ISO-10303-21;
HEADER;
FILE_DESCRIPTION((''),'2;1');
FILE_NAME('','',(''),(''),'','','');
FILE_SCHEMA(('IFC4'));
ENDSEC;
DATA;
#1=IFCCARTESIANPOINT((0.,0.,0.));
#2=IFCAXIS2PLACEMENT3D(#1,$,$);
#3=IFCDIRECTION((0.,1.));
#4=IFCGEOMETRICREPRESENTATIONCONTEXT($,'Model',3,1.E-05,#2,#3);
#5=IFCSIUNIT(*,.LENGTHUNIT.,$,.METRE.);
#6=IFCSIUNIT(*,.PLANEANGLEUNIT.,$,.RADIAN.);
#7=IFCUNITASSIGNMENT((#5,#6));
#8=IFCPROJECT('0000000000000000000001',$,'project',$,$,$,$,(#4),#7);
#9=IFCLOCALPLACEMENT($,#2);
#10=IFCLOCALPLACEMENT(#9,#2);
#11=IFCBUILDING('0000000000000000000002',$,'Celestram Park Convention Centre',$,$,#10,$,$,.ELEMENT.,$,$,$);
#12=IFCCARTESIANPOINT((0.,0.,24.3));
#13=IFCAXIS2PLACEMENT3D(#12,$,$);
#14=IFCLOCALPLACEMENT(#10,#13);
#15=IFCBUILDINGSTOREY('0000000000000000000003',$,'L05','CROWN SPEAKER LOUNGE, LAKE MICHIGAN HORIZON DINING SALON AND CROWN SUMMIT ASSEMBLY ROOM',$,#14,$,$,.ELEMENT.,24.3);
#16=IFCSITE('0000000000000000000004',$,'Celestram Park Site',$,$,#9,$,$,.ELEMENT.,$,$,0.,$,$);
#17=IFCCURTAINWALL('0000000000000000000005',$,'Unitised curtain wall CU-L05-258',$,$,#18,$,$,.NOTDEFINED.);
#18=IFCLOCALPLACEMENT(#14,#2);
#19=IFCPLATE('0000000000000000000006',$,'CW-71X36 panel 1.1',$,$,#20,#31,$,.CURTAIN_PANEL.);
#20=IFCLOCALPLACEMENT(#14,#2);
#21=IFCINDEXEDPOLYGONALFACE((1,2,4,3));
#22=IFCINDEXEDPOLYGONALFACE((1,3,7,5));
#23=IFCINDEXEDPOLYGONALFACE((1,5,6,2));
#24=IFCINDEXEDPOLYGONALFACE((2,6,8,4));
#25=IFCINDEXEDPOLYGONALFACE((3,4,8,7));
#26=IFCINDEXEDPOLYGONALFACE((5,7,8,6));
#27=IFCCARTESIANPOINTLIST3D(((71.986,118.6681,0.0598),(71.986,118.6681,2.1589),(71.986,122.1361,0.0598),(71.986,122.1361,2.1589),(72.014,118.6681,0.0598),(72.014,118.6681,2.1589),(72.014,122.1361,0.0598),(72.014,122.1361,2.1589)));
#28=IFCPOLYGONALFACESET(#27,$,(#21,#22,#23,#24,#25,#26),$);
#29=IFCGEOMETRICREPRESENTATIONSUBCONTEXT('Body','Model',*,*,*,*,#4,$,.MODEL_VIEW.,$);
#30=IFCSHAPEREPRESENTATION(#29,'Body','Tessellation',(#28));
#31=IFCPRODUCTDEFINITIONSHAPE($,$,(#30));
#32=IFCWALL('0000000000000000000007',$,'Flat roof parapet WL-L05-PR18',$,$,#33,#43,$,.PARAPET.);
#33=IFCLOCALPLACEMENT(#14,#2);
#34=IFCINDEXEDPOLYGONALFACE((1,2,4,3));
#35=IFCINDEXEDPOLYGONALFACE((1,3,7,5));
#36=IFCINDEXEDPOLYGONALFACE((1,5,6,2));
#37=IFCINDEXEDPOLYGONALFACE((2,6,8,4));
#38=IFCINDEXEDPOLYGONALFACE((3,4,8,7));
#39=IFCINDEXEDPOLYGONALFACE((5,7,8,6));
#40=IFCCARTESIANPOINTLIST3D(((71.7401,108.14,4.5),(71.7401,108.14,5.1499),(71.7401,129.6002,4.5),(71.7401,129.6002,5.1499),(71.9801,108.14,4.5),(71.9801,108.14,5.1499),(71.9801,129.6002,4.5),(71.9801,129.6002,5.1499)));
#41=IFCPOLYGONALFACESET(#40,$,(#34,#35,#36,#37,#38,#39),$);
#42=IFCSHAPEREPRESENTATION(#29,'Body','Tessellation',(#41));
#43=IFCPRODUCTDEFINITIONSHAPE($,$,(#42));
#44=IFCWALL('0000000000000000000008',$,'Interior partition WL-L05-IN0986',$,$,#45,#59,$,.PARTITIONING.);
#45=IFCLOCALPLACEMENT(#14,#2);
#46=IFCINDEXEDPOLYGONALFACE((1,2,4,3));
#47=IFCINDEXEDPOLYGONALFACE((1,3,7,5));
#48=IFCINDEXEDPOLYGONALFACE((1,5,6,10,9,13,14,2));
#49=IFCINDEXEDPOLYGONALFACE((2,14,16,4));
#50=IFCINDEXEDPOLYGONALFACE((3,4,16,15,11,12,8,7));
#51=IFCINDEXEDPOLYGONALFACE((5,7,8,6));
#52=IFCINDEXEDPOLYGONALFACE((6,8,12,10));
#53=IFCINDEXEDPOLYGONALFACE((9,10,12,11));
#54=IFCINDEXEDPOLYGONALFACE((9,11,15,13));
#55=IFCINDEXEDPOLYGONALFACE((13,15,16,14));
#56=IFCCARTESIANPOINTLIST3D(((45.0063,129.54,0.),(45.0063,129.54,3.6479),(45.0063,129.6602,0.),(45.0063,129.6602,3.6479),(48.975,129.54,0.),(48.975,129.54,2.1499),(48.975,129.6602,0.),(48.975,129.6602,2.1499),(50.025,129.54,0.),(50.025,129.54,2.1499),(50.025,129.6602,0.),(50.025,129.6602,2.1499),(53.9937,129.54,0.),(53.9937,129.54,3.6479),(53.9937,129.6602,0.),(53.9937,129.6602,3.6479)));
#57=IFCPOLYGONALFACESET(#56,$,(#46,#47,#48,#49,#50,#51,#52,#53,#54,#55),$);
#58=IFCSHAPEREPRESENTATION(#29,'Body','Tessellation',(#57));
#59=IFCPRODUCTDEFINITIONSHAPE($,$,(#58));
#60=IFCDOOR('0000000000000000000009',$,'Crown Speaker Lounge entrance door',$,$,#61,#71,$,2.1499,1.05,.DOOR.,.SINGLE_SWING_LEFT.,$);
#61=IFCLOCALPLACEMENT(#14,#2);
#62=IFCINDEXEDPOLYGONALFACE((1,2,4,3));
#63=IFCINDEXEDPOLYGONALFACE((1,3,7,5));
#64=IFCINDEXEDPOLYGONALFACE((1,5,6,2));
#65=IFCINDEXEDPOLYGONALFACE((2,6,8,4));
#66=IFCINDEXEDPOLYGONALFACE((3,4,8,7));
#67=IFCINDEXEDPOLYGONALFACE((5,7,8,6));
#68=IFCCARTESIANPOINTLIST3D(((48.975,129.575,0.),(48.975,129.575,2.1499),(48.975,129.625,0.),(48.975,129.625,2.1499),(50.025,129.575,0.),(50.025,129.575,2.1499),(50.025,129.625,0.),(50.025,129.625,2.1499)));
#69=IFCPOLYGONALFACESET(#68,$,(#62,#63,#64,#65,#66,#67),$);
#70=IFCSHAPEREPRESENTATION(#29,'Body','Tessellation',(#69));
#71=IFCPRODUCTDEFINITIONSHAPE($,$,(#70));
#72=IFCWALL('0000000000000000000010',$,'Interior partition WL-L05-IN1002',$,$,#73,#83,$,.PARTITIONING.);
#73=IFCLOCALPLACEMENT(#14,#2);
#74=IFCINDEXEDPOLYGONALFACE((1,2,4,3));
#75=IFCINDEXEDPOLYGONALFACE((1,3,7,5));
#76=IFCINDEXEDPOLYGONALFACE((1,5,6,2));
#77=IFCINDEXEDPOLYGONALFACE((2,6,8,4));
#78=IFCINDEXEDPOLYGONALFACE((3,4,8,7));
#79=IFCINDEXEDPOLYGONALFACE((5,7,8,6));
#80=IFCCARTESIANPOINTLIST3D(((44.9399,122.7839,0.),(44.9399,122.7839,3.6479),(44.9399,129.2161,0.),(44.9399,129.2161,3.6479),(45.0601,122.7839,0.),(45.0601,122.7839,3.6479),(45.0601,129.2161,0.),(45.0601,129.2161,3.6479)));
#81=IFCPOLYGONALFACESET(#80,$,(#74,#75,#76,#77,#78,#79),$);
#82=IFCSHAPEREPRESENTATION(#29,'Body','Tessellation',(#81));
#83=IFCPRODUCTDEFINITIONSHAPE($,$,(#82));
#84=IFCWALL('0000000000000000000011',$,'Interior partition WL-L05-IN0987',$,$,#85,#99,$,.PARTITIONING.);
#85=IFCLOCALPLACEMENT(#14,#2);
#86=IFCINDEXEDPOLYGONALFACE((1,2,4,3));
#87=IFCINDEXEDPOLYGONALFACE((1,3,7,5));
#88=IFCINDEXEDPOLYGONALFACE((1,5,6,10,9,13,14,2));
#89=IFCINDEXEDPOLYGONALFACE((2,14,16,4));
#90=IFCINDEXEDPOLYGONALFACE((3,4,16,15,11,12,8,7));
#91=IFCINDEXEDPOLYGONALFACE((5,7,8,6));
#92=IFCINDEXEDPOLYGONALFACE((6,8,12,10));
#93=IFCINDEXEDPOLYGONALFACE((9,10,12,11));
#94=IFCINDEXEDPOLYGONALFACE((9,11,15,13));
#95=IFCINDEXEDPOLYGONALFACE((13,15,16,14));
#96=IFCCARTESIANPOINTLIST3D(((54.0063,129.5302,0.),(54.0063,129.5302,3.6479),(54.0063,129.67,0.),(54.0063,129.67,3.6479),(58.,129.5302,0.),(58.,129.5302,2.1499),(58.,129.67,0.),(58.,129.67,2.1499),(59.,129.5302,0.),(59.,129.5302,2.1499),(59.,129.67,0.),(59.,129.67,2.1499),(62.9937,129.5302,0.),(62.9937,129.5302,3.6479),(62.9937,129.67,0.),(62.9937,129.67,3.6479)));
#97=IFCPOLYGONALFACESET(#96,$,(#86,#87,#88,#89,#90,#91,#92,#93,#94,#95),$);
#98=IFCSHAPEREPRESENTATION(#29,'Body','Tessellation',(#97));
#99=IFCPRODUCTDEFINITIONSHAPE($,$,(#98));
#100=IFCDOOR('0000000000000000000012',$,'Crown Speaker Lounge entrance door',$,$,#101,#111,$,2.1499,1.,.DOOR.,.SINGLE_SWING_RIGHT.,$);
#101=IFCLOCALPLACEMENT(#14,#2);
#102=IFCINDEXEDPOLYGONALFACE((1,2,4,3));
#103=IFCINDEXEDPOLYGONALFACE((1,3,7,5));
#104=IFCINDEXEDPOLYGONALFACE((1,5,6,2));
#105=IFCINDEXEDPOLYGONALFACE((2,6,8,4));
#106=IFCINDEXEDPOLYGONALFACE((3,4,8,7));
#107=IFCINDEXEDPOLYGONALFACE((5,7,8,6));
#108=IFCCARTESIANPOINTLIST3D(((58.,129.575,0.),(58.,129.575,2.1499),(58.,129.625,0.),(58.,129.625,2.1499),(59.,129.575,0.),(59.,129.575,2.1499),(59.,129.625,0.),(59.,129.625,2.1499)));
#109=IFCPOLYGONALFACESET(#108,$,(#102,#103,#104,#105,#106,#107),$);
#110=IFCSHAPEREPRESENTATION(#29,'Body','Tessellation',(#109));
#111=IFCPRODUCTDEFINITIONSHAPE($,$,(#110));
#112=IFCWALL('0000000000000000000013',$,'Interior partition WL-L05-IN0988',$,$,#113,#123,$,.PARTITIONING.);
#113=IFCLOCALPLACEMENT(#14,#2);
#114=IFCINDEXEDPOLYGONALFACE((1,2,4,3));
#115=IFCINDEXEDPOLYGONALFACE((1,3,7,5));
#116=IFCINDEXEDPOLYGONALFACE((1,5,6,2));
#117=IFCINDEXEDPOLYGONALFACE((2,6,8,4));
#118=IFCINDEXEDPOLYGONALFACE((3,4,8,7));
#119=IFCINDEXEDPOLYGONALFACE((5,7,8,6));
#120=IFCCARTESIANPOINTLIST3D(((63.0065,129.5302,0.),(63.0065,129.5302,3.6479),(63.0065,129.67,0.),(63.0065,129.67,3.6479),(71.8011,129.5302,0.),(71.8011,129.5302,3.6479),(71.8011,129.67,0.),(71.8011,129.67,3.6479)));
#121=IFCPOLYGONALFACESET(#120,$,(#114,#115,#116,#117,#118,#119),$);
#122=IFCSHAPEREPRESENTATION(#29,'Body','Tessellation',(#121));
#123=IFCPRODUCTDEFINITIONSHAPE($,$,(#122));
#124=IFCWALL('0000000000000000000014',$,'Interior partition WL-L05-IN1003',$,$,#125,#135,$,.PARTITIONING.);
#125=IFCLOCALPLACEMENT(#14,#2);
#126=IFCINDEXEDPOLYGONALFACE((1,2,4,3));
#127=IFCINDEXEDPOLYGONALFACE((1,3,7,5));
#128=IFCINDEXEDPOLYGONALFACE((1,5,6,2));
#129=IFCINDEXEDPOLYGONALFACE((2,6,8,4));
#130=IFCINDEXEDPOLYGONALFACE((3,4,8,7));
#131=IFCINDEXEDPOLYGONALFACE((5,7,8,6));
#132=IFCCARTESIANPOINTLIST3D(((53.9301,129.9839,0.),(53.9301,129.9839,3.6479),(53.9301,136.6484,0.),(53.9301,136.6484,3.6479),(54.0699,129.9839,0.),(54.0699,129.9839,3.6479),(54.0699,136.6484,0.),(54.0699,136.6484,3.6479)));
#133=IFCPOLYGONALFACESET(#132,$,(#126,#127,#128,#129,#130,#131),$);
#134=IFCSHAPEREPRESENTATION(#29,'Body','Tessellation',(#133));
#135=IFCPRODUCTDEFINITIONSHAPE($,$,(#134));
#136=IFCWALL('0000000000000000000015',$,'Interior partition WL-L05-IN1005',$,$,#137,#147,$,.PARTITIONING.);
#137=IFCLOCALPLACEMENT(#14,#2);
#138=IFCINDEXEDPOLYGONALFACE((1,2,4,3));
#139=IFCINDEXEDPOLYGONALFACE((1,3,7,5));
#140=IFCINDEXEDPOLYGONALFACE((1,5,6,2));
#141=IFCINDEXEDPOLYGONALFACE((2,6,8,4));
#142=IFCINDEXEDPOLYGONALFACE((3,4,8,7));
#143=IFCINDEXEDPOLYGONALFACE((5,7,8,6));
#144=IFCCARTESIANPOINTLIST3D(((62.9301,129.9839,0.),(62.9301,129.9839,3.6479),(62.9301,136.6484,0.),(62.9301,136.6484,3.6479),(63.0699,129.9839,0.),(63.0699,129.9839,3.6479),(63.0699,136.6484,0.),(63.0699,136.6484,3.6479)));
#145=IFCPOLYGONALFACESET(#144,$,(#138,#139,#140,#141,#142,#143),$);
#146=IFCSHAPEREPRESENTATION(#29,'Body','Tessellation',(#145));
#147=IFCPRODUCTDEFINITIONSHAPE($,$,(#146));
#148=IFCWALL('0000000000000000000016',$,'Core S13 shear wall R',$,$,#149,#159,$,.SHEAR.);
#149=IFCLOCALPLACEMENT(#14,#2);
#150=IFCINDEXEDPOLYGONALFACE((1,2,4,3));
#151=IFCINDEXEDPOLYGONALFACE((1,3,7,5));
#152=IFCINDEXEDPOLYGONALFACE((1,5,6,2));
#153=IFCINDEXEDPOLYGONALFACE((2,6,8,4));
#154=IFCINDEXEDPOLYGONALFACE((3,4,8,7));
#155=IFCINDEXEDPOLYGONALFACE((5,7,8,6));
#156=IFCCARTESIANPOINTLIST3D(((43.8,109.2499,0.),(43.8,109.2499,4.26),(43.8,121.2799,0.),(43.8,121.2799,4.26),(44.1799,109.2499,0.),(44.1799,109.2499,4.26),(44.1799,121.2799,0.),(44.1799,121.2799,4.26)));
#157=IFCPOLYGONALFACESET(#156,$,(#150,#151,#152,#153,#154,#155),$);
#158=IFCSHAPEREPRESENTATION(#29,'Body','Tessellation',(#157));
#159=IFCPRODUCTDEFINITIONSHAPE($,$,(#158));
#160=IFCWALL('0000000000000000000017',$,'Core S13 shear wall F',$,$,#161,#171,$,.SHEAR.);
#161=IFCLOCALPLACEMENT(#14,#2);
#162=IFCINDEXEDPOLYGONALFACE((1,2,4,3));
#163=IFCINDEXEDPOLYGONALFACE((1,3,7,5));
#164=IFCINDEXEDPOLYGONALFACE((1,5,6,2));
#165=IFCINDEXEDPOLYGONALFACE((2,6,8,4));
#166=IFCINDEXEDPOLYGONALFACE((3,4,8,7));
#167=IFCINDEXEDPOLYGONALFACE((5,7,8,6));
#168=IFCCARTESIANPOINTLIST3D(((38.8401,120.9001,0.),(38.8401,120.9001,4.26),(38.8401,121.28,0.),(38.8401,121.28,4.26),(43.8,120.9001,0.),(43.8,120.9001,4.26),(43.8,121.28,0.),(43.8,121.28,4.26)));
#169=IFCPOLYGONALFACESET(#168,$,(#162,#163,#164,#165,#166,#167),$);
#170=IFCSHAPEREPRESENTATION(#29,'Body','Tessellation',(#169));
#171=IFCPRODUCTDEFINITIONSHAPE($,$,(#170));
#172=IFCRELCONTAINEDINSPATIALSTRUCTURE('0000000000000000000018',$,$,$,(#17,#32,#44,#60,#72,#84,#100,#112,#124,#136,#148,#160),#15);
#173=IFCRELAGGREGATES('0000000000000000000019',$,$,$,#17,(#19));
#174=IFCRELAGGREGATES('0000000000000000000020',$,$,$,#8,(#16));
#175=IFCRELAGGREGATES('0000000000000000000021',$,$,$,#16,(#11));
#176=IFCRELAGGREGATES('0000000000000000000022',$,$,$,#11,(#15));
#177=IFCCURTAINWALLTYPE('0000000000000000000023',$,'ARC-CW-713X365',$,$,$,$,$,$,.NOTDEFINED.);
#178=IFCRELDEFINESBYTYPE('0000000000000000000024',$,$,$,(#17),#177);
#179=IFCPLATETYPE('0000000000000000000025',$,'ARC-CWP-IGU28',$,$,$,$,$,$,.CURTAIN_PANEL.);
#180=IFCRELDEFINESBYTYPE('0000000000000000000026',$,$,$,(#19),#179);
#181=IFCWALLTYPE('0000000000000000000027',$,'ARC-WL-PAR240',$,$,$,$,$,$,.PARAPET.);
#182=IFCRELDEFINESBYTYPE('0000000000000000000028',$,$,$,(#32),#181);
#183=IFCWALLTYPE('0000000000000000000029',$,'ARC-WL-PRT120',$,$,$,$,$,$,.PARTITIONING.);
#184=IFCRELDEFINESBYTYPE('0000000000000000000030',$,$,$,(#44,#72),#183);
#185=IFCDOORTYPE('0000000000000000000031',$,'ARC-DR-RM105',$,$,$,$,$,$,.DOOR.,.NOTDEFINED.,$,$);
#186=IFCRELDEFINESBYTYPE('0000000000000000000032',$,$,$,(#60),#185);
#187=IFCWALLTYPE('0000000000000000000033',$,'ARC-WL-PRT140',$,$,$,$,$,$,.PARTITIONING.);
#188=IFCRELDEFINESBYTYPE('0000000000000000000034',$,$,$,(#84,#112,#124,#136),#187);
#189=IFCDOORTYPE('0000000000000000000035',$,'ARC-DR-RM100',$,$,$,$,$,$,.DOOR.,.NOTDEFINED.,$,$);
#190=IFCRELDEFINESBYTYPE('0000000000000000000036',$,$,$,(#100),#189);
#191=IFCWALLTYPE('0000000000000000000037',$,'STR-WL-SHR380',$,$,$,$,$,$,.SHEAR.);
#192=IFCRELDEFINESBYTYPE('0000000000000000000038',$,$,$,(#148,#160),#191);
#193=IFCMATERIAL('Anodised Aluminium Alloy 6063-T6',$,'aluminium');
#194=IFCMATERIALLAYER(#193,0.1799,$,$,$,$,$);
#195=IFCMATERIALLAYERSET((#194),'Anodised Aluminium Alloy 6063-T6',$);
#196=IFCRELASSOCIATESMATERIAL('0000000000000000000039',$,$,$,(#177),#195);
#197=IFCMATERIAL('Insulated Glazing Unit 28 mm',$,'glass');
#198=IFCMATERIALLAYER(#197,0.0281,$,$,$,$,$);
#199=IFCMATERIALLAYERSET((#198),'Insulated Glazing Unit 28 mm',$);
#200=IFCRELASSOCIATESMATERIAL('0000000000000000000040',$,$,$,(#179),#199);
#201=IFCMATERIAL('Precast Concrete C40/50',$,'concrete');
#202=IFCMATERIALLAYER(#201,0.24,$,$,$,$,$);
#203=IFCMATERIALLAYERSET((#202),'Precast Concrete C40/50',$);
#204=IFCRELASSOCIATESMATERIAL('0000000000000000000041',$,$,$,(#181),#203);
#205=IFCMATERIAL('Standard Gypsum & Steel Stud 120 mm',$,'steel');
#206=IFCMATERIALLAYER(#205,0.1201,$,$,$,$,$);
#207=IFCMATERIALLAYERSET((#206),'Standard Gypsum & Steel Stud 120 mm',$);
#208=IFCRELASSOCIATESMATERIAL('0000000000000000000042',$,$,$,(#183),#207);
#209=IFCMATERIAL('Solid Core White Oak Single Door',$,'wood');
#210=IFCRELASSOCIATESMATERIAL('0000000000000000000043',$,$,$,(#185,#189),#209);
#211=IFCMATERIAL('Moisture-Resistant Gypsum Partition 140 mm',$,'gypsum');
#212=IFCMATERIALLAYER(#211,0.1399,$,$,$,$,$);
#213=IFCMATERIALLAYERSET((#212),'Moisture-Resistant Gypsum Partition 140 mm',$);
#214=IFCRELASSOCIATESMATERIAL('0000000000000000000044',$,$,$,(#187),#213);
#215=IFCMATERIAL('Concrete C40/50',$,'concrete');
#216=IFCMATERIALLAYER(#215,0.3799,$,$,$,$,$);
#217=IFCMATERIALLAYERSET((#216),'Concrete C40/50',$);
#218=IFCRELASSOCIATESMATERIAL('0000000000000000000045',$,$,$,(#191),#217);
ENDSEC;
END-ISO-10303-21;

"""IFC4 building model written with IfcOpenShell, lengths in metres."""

from ifc_helpers import new_model, si_unit, direction, frame, frame_2d, origin, origin_2d, place, context, subcontext, project, spatial, rectangle, extrude, material, layer, layer_set, type_object, element, fill, aggregate, save


model = new_model("IFC4")

# Units and contexts
model_context = context("Model", 3, precision=1e-05, world=origin(), true_north=direction((0.0, 1.0)))
body_context = subcontext(model_context, "Body", "Model", "MODEL_VIEW")
ifc_project = project(units=[si_unit("LENGTHUNIT", "METRE"), si_unit("PLANEANGLEUNIT", "RADIAN")], contexts=[model_context])

# Site, building, storey
site_placement = place(None, origin())
site = spatial("IfcSite", under=ifc_project, at=site_placement, Name="Celestram Park Site", CompositionType="ELEMENT", RefElevation=0.0)
building_placement = place(site_placement, origin())
building = spatial("IfcBuilding", under=site, at=building_placement, Name="Celestram Park Convention Centre", CompositionType="ELEMENT")
storey_placement = place(building_placement, frame((0.0, 0.0, 24.3)))
storey = spatial("IfcBuildingStorey", under=building, at=storey_placement, Name="L05", Description="CROWN SPEAKER LOUNGE, LAKE MICHIGAN HORIZON DINING SALON AND CROWN SUMMIT ASSEMBLY ROOM", CompositionType="ELEMENT", Elevation=24.3)

# Curtain wall, plate
ifc_material_1 = material(Name="Anodised Aluminium Alloy 6063-T6", Category="aluminium")
ifc_layer_1 = layer(ifc_material_1, 0.1799)
ifc_layer_set_1 = layer_set([ifc_layer_1], Name="Anodised Aluminium Alloy 6063-T6")
curtain_wall_type = type_object("IfcCurtainWallType", Name="ARC-CW-713X365", PredefinedType="NOTDEFINED", material=ifc_layer_set_1)
curtain_wall_placement = place(storey_placement, origin())
curtain_wall = element("IfcCurtainWall", 1, at=curtain_wall_placement, inside=storey, type_object=curtain_wall_type, Name="Unitised curtain wall CU-L05-258", PredefinedType="NOTDEFINED")
ifc_material_2 = material(Name="Insulated Glazing Unit 28 mm", Category="glass")
ifc_layer_2 = layer(ifc_material_2, 0.0281)
ifc_layer_set_2 = layer_set([ifc_layer_2], Name="Insulated Glazing Unit 28 mm")
plate_type = type_object("IfcPlateType", Name="ARC-CWP-IGU28", PredefinedType="CURTAIN_PANEL", material=ifc_layer_set_2)
plate_placement = place(storey_placement, frame((72.0, 120.4021, 0.0598), z_axis=(0.0, 0.0, 1.0), x_axis=(0.0, -1.0, 0.0)))
plate = element("IfcPlate", 2, at=plate_placement, type_object=plate_type, Name="CW-71X36 panel 1.1", PredefinedType="CURTAIN_PANEL", context=body_context, shape_type="SweptSolid", body=[
    extrude(rectangle(XDim=3.468, YDim=0.0281, at=origin_2d()), origin(), (0.0, 0.0, 1.0), 2.0991),
])
aggregate(curtain_wall, [plate])

# Wall
ifc_material_3 = material(Name="Precast Concrete C40/50", Category="concrete")
ifc_layer_3 = layer(ifc_material_3, 0.24)
ifc_layer_set_3 = layer_set([ifc_layer_3], Name="Precast Concrete C40/50")
wall_type_1 = type_object("IfcWallType", Name="ARC-WL-PAR240", PredefinedType="PARAPET", material=ifc_layer_set_3)
wall_1_placement = place(storey_placement, frame((71.8601, 129.6001, 4.5), z_axis=(0.0, 0.0, 1.0), x_axis=(0.0, -1.0, 0.0)))
element("IfcWall", 3, at=wall_1_placement, inside=storey, type_object=wall_type_1, Name="Flat roof parapet WL-L05-PR18", PredefinedType="PARAPET", context=body_context, shape_type="SweptSolid", body=[
    extrude(rectangle(XDim=21.4602, YDim=0.24, at=frame_2d((10.73, 0.0))), origin(), (0.0, 0.0, 1.0), 0.6499),
])

# Wall, opening, door
ifc_material_4 = material(Name="Standard Gypsum & Steel Stud 120 mm", Category="steel")
ifc_layer_4 = layer(ifc_material_4, 0.1201)
ifc_layer_set_4 = layer_set([ifc_layer_4], Name="Standard Gypsum & Steel Stud 120 mm")
wall_type_2 = type_object("IfcWallType", Name="ARC-WL-PRT120", PredefinedType="PARTITIONING", material=ifc_layer_set_4)
wall_2_placement = place(storey_placement, frame((45.0063, 129.6001, 0.0), z_axis=(0.0, 0.0, 1.0), x_axis=(1.0, 0.0, 0.0)))
wall_2 = element("IfcWall", 4, at=wall_2_placement, inside=storey, type_object=wall_type_2, Name="Interior partition WL-L05-IN0986", PredefinedType="PARTITIONING", context=body_context, shape_type="SweptSolid", body=[
    extrude(rectangle(XDim=8.9873, YDim=0.1201, at=frame_2d((4.4937, 0.0))), origin(), (0.0, 0.0, 1.0), 3.6479),
])
opening_1_placement = place(wall_2_placement, frame((3.9688, 0.0, 0.0)))
opening_1 = element("IfcOpeningElement", 5, at=opening_1_placement, cuts=wall_2, PredefinedType="OPENING", context=body_context, shape_type="SweptSolid", body=[
    extrude(rectangle(XDim=1.05, YDim=2.1499, at=frame_2d((0.5249, 1.075))), frame((0.0, 0.0701, 0.0), z_axis=(0.0, -1.0, 0.0), x_axis=(1.0, 0.0, 0.0)), (0.0, 0.0, 1.0), 0.1401),
])
ifc_material_5 = material(Name="Solid Core White Oak Single Door", Category="wood")
door_type_1 = type_object("IfcDoorType", Name="ARC-DR-RM105", OperationType="NOTDEFINED", PredefinedType="DOOR", material=ifc_material_5)
door_1_placement = place(opening_1_placement, origin())
door_1 = element("IfcDoor", 6, at=door_1_placement, inside=storey, type_object=door_type_1, Name="Crown Speaker Lounge entrance door", OperationType="SINGLE_SWING_LEFT", OverallHeight=2.1499, OverallWidth=1.05, PredefinedType="DOOR", context=body_context, shape_type="SweptSolid", body=[
    extrude(rectangle(XDim=1.05, YDim=2.1499, at=frame_2d((0.5249, 1.075))), frame((0.0, 0.0249, 0.0), z_axis=(0.0, -1.0, 0.0), x_axis=(1.0, 0.0, 0.0)), (0.0, 0.0, 1.0), 0.05),
])
fill(opening_1, door_1)

# Wall
wall_3_placement = place(storey_placement, frame((45.0, 122.7839, 0.0), z_axis=(0.0, 0.0, 1.0), x_axis=(0.0, 1.0, 0.0)))
element("IfcWall", 7, at=wall_3_placement, inside=storey, type_object=wall_type_2, Name="Interior partition WL-L05-IN1002", PredefinedType="PARTITIONING", context=body_context, shape_type="SweptSolid", body=[
    extrude(rectangle(XDim=6.4321, YDim=0.1201, at=frame_2d((3.2161, 0.0))), origin(), (0.0, 0.0, 1.0), 3.6479),
])

# Wall, opening, door
ifc_material_6 = material(Name="Moisture-Resistant Gypsum Partition 140 mm", Category="gypsum")
ifc_layer_5 = layer(ifc_material_6, 0.1399)
ifc_layer_set_5 = layer_set([ifc_layer_5], Name="Moisture-Resistant Gypsum Partition 140 mm")
wall_type_3 = type_object("IfcWallType", Name="ARC-WL-PRT140", PredefinedType="PARTITIONING", material=ifc_layer_set_5)
wall_4_placement = place(storey_placement, frame((54.0063, 129.6001, 0.0), z_axis=(0.0, 0.0, 1.0), x_axis=(1.0, 0.0, 0.0)))
wall_4 = element("IfcWall", 8, at=wall_4_placement, inside=storey, type_object=wall_type_3, Name="Interior partition WL-L05-IN0987", PredefinedType="PARTITIONING", context=body_context, shape_type="SweptSolid", body=[
    extrude(rectangle(XDim=8.9873, YDim=0.1399, at=frame_2d((4.4937, 0.0))), origin(), (0.0, 0.0, 1.0), 3.6479),
])
opening_2_placement = place(wall_4_placement, frame((3.9937, 0.0, 0.0)))
opening_2 = element("IfcOpeningElement", 9, at=opening_2_placement, cuts=wall_4, PredefinedType="OPENING", context=body_context, shape_type="SweptSolid", body=[
    extrude(rectangle(XDim=1.0, YDim=2.1499, at=frame_2d((0.5, 1.075))), frame((0.0, 0.0798, 0.0), z_axis=(0.0, -1.0, 0.0), x_axis=(1.0, 0.0, 0.0)), (0.0, 0.0, 1.0), 0.1599),
])
door_type_2 = type_object("IfcDoorType", Name="ARC-DR-RM100", OperationType="NOTDEFINED", PredefinedType="DOOR", material=ifc_material_5)
door_2_placement = place(opening_2_placement, origin())
door_2 = element("IfcDoor", 10, at=door_2_placement, inside=storey, type_object=door_type_2, Name="Crown Speaker Lounge entrance door", OperationType="SINGLE_SWING_RIGHT", OverallHeight=2.1499, OverallWidth=1.0, PredefinedType="DOOR", context=body_context, shape_type="SweptSolid", body=[
    extrude(rectangle(XDim=1.0, YDim=2.1499, at=frame_2d((0.5, 1.075))), frame((0.0, 0.0249, 0.0), z_axis=(0.0, -1.0, 0.0), x_axis=(1.0, 0.0, 0.0)), (0.0, 0.0, 1.0), 0.05),
])
fill(opening_2, door_2)

# Walls
wall_5_placement = place(storey_placement, frame((63.0063, 129.6001, 0.0), z_axis=(0.0, 0.0, 1.0), x_axis=(1.0, 0.0, 0.0)))
element("IfcWall", 11, at=wall_5_placement, inside=storey, type_object=wall_type_3, Name="Interior partition WL-L05-IN0988", PredefinedType="PARTITIONING", context=body_context, shape_type="SweptSolid", body=[
    extrude(rectangle(XDim=8.7947, YDim=0.1399, at=frame_2d((4.3975, 0.0))), origin(), (0.0, 0.0, 1.0), 3.6479),
])
for number, where, z_axis, x_axis, name in (
    (12, (54.0, 129.9839, 0.0), (0.0, 0.0, 1.0), (0.0, 1.0, 0.0), "Interior partition WL-L05-IN1003"),
    (13, (63.0, 129.9839, 0.0), (0.0, 0.0, 1.0), (0.0, 1.0, 0.0), "Interior partition WL-L05-IN1005"),
):
    element("IfcWall", number, at=place(storey_placement, frame(where, z_axis=z_axis, x_axis=x_axis)), inside=storey, type_object=wall_type_3, Name=name, PredefinedType="PARTITIONING", context=body_context, shape_type="SweptSolid", body=[
        extrude(rectangle(XDim=6.6646, YDim=0.1399, at=frame_2d((3.3323, 0.0))), origin(), (0.0, 0.0, 1.0), 3.6479),
    ])
ifc_material_7 = material(Name="Concrete C40/50", Category="concrete")
ifc_layer_6 = layer(ifc_material_7, 0.3799)
ifc_layer_set_6 = layer_set([ifc_layer_6], Name="Concrete C40/50")
wall_type_4 = type_object("IfcWallType", Name="STR-WL-SHR380", PredefinedType="SHEAR", material=ifc_layer_set_6)
wall_6_placement = place(storey_placement, frame((43.99, 121.28, 0.0), z_axis=(0.0, 0.0, 1.0), x_axis=(0.0, -1.0, 0.0)))
element("IfcWall", 14, at=wall_6_placement, inside=storey, type_object=wall_type_4, Name="Core S13 shear wall R", PredefinedType="SHEAR", context=body_context, shape_type="SweptSolid", body=[
    extrude(rectangle(XDim=12.03, YDim=0.3799, at=frame_2d((6.0151, 0.0))), origin(), (0.0, 0.0, 1.0), 4.26),
])
wall_7_placement = place(storey_placement, frame((38.8401, 121.0901, 0.0), z_axis=(0.0, 0.0, 1.0), x_axis=(1.0, 0.0, 0.0)))
element("IfcWall", 15, at=wall_7_placement, inside=storey, type_object=wall_type_4, Name="Core S13 shear wall F", PredefinedType="SHEAR", context=body_context, shape_type="SweptSolid", body=[
    extrude(rectangle(XDim=4.96, YDim=0.3799, at=frame_2d((2.48, 0.0))), origin(), (0.0, 0.0, 1.0), 4.26),
])

save(model, "model.ifc")
